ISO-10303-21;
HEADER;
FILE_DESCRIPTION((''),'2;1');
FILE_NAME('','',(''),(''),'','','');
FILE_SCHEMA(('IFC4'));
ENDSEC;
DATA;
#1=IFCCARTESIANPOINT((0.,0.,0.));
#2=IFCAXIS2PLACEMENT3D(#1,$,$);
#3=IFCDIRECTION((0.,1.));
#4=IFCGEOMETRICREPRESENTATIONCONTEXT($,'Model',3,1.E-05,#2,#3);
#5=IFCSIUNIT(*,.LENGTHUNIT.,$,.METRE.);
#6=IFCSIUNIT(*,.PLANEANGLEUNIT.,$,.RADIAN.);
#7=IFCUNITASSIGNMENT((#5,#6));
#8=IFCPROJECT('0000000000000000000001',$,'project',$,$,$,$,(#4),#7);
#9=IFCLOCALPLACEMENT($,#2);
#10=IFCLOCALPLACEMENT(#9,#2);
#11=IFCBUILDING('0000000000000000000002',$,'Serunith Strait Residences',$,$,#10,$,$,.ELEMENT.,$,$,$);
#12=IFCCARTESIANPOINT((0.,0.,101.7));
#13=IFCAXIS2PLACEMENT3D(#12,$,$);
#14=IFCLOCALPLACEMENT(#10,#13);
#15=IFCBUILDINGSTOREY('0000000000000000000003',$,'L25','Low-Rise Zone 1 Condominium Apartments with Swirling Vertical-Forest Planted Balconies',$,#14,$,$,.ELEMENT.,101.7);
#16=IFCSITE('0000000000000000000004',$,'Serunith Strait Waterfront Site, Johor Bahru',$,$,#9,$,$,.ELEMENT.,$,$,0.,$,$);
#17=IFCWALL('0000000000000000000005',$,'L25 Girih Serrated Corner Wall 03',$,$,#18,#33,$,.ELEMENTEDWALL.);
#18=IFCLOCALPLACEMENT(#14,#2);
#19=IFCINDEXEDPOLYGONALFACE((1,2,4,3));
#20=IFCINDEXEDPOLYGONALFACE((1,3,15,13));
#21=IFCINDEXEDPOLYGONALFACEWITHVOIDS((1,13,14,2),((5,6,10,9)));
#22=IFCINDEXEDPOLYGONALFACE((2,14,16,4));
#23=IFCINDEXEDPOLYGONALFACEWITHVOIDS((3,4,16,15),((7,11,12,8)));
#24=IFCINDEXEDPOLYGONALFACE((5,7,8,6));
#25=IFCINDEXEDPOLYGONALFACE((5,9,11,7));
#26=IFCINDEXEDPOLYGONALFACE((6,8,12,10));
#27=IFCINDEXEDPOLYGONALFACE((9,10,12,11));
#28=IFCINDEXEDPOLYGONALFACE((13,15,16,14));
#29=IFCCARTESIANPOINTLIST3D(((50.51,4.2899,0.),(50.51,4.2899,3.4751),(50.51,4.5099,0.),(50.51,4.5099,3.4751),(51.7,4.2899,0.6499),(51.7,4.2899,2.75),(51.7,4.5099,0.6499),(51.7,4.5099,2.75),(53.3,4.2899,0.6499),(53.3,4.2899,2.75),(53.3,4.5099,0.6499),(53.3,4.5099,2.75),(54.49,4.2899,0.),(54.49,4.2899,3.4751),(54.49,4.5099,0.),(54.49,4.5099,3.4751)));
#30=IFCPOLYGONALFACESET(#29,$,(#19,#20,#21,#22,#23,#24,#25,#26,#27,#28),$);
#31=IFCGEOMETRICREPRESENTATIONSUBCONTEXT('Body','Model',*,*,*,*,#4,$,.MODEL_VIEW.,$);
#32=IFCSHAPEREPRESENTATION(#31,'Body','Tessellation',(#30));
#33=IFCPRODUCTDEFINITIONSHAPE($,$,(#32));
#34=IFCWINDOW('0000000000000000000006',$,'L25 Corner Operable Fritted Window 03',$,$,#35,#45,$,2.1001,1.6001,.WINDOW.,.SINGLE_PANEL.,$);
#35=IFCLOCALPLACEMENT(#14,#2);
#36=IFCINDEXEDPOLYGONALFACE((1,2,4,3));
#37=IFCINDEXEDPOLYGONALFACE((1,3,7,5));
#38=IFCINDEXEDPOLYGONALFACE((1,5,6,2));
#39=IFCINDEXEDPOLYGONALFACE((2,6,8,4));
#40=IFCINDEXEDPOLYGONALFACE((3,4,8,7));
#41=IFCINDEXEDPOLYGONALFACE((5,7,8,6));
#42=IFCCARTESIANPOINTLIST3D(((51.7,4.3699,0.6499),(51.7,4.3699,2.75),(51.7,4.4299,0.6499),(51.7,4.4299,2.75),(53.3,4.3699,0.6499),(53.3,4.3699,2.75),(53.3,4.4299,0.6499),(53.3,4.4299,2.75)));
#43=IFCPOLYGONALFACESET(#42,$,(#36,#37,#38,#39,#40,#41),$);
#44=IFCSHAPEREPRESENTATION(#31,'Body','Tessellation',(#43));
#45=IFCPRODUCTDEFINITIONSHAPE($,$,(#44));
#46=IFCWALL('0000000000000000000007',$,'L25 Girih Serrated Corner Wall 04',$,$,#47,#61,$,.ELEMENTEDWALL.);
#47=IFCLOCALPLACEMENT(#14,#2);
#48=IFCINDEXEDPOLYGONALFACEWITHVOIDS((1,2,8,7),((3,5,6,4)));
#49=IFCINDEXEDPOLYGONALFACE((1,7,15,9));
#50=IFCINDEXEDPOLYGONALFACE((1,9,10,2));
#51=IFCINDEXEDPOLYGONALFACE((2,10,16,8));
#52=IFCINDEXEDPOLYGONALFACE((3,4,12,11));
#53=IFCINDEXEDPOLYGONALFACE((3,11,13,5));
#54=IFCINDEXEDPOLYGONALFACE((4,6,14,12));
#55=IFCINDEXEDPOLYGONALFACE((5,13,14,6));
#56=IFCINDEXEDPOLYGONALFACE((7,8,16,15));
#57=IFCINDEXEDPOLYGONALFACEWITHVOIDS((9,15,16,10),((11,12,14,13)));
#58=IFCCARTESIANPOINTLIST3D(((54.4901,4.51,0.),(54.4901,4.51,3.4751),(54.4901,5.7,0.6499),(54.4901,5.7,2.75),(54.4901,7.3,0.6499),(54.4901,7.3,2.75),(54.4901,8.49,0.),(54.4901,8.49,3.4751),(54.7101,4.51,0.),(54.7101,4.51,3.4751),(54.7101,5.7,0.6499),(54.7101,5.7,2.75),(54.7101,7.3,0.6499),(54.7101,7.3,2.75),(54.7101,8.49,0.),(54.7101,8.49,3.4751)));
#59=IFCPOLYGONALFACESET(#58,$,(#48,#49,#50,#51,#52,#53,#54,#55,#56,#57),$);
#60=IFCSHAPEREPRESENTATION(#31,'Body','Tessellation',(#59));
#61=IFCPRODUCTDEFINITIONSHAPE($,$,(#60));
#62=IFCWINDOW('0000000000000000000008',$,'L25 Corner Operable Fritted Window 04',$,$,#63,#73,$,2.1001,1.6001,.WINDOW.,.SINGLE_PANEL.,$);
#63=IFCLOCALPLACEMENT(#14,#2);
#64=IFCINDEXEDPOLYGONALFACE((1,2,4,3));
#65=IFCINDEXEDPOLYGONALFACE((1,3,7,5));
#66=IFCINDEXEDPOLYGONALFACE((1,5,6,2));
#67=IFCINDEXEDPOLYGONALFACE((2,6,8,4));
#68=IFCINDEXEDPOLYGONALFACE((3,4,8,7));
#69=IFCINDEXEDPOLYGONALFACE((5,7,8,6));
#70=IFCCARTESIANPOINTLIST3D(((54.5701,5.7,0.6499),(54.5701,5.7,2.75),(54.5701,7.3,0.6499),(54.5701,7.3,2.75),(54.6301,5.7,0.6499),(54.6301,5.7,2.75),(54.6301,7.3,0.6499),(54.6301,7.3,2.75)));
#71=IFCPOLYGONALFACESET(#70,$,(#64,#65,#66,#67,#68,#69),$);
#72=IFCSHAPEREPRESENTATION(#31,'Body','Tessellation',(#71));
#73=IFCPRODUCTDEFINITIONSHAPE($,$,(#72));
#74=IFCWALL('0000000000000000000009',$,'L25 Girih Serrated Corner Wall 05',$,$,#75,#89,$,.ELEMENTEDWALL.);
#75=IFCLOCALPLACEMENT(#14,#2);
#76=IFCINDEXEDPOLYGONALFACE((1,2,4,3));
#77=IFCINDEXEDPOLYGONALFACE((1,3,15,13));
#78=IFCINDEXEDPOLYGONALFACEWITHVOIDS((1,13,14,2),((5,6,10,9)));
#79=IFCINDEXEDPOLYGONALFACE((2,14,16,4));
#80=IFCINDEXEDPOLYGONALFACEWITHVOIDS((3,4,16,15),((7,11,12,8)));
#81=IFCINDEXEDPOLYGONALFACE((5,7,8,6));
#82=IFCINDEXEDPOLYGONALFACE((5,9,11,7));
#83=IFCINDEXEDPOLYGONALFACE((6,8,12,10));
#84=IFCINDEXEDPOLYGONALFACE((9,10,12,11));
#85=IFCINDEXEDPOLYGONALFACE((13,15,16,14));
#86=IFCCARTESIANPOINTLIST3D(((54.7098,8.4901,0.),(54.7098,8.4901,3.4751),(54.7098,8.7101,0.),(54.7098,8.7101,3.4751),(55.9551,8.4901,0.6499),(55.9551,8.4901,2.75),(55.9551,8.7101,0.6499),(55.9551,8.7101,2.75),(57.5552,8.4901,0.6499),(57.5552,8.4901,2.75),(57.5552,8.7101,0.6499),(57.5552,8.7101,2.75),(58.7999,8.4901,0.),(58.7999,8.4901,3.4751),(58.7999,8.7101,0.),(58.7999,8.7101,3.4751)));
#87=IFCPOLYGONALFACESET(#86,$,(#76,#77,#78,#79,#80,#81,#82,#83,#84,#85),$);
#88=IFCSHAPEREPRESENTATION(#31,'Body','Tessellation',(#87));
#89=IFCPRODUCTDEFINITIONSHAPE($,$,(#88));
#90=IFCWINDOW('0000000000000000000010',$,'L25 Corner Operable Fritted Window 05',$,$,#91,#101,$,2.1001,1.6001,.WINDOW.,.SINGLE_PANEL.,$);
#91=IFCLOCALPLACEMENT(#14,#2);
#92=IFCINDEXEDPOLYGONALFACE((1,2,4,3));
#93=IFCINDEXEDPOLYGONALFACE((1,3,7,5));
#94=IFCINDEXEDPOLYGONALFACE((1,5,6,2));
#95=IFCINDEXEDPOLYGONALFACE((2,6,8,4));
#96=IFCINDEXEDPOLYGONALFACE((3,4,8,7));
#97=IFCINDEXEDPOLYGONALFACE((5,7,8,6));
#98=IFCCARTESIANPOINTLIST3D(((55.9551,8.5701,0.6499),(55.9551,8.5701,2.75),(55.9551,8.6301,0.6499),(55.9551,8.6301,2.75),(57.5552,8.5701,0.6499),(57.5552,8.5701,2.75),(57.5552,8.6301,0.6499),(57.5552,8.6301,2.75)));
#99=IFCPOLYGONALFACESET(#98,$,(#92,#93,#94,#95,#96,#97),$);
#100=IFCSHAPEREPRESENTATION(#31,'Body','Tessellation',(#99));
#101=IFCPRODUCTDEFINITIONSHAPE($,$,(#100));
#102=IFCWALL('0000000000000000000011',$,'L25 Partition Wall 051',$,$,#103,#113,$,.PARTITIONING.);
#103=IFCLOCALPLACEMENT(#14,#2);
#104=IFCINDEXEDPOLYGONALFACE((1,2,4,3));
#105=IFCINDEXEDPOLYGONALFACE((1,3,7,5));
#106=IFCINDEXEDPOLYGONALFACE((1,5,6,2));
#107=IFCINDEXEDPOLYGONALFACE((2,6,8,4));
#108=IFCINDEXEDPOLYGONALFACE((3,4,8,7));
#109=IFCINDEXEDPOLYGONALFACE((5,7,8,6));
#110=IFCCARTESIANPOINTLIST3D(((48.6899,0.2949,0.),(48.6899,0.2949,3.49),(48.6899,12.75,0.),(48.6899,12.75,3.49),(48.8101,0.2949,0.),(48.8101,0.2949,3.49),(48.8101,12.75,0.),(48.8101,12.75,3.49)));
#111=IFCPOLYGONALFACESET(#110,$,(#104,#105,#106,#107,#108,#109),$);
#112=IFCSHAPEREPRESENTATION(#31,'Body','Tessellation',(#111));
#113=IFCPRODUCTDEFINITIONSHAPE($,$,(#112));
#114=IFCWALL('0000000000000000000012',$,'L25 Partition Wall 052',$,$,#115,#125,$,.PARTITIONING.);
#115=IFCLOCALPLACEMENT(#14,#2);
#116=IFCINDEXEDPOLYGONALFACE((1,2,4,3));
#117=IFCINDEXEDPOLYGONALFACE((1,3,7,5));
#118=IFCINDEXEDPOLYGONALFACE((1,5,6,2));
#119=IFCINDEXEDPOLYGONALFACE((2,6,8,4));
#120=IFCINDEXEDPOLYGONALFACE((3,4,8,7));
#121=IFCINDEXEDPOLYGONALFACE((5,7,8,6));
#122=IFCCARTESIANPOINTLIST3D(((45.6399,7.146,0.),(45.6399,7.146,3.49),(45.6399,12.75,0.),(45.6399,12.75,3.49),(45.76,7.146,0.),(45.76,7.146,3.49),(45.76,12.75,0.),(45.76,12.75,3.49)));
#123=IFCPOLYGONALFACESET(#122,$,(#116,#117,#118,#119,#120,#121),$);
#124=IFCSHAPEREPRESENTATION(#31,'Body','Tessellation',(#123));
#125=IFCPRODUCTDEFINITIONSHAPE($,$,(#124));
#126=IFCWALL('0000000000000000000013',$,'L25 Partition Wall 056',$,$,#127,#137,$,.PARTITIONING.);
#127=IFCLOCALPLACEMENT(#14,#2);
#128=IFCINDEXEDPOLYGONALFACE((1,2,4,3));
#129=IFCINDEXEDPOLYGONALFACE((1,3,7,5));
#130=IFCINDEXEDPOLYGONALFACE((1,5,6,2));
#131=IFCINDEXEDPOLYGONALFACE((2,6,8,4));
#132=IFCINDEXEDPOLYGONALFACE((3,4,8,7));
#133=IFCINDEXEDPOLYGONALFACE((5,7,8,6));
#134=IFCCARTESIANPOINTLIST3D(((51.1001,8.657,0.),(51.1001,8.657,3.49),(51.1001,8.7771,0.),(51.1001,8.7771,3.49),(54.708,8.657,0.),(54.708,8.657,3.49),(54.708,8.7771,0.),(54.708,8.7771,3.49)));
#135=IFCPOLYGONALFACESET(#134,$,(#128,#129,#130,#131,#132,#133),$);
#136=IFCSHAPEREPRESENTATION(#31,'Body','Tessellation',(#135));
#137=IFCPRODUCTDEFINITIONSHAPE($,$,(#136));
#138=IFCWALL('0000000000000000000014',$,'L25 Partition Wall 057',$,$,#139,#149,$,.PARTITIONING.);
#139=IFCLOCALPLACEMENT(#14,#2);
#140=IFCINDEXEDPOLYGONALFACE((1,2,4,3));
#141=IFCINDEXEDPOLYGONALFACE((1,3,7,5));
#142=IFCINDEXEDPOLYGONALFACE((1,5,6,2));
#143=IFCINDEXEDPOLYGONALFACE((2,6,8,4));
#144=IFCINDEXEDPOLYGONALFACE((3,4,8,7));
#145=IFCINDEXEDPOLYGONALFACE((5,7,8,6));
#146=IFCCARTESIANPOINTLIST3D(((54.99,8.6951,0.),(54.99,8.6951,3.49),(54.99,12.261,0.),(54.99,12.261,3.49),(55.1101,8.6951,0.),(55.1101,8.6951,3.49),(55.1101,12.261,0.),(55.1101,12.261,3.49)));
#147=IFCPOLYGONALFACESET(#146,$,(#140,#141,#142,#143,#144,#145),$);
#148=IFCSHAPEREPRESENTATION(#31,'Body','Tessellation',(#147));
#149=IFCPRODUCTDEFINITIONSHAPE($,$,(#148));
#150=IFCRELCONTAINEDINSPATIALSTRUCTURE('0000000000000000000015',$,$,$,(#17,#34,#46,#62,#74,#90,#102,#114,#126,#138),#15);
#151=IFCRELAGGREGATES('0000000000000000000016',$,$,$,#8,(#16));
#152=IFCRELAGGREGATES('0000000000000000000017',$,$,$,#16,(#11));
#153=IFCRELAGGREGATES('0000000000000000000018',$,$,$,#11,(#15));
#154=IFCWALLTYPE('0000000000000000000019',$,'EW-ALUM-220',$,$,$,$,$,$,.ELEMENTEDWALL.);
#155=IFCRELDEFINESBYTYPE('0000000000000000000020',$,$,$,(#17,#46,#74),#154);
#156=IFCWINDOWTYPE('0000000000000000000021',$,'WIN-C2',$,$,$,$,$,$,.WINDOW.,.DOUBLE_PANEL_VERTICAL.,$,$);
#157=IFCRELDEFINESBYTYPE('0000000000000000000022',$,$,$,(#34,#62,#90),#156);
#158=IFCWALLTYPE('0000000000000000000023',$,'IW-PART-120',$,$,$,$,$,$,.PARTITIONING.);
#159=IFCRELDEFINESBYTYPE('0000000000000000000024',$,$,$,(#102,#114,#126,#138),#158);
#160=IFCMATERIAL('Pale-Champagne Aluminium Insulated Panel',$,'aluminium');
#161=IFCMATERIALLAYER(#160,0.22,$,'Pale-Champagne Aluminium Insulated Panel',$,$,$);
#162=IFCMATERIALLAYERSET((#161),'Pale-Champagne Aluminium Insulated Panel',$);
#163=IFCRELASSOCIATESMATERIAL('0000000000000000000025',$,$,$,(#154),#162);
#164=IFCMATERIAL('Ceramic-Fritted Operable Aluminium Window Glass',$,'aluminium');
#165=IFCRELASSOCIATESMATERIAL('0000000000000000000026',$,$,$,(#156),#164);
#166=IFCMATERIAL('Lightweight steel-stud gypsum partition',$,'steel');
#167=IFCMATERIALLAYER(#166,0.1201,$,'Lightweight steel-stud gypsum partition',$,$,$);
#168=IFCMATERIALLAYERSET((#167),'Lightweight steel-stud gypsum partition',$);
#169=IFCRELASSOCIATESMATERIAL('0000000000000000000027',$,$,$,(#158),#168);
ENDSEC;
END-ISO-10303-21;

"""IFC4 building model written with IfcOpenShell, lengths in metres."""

from ifc_helpers import new_model, si_unit, direction, frame, frame_2d, origin, place, context, subcontext, project, spatial, rectangle, extrude, source, transform, mapped, material, layer, layer_set, type_object, element, fill, save


model = new_model("IFC4")

# Units and contexts
model_context = context("Model", 3, precision=1e-05, world=origin(), true_north=direction((0.0, 1.0)))
body_context = subcontext(model_context, "Body", "Model", "MODEL_VIEW")
ifc_project = project(units=[si_unit("LENGTHUNIT", "METRE"), si_unit("PLANEANGLEUNIT", "RADIAN")], contexts=[model_context])

# Site, building, storey
site_placement = place(None, origin())
site = spatial("IfcSite", under=ifc_project, at=site_placement, Name="Serunith Strait Waterfront Site, Johor Bahru", CompositionType="ELEMENT", RefElevation=0.0)
building_placement = place(site_placement, origin())
building = spatial("IfcBuilding", under=site, at=building_placement, Name="Serunith Strait Residences", CompositionType="ELEMENT")
storey_placement = place(building_placement, frame((0.0, 0.0, 101.7)))
storey = spatial("IfcBuildingStorey", under=building, at=storey_placement, Name="L25", Description="Low-Rise Zone 1 Condominium Apartments with Swirling Vertical-Forest Planted Balconies", CompositionType="ELEMENT", Elevation=101.7)

# Walls, openings, windows
ifc_material_1 = material(Name="Pale-Champagne Aluminium Insulated Panel", Category="aluminium")
ifc_layer_1 = layer(ifc_material_1, 0.22, Name="Pale-Champagne Aluminium Insulated Panel")
ifc_layer_set_1 = layer_set([ifc_layer_1], Name="Pale-Champagne Aluminium Insulated Panel")
wall_type_1 = type_object("IfcWallType", Name="EW-ALUM-220", PredefinedType="ELEMENTEDWALL", material=ifc_layer_set_1)
ifc_material_2 = material(Name="Ceramic-Fritted Operable Aluminium Window Glass", Category="aluminium")
window_type = type_object("IfcWindowType", Name="WIN-C2", PartitioningType="DOUBLE_PANEL_VERTICAL", PredefinedType="WINDOW", material=ifc_material_2)
shared_shape_1 = source(origin(), body_context, "Body", "SweptSolid", [
    extrude(rectangle(XDim=1.6001, YDim=2.1001, at=frame_2d((0.8, 1.05))), frame((0.0, 0.03, 0.0), z_axis=(0.0, -1.0, 0.0), x_axis=(1.0, 0.0, 0.0)), (0.0, 0.0, 1.0), 0.0601),
])
wall_1_placement = place(storey_placement, frame((50.51, 4.3999, 0.0), z_axis=(0.0, 0.0, 1.0), x_axis=(1.0, 0.0, 0.0)))
wall_1 = element("IfcWall", 1, at=wall_1_placement, inside=storey, type_object=wall_type_1, Name="L25 Girih Serrated Corner Wall 03", PredefinedType="ELEMENTEDWALL", context=body_context, shape_type="SweptSolid", body=[
    extrude(rectangle(XDim=3.98, YDim=0.22, at=frame_2d((1.99, 0.0))), origin(), (0.0, 0.0, 1.0), 3.4751),
])
opening_1_placement = place(wall_1_placement, frame((1.1899, 0.0, 0.6499)))
opening_1 = element("IfcOpeningElement", 2, at=opening_1_placement, cuts=wall_1, PredefinedType="OPENING", context=body_context, shape_type="SweptSolid", body=[
    extrude(rectangle(XDim=1.6001, YDim=2.1001, at=frame_2d((0.8, 1.05))), frame((0.0, 0.1201, 0.0), z_axis=(0.0, -1.0, 0.0), x_axis=(1.0, 0.0, 0.0)), (0.0, 0.0, 1.0), 0.24),
])
window_1_placement = place(opening_1_placement, origin())
window_1 = element("IfcWindow", 3, at=window_1_placement, inside=storey, type_object=window_type, Name="L25 Corner Operable Fritted Window 03", OverallHeight=2.1001, OverallWidth=1.6001, PartitioningType="SINGLE_PANEL", PredefinedType="WINDOW", context=body_context, shape_type="MappedRepresentation", body=[
    mapped(shared_shape_1, transform((0.0, 0.0, 0.0), scale=1.0)),
])
fill(opening_1, window_1)
wall_2_placement = place(storey_placement, frame((54.6001, 4.51, 0.0), z_axis=(0.0, 0.0, 1.0), x_axis=(0.0, 1.0, 0.0)))
wall_2 = element("IfcWall", 4, at=wall_2_placement, inside=storey, type_object=wall_type_1, Name="L25 Girih Serrated Corner Wall 04", PredefinedType="ELEMENTEDWALL", context=body_context, shape_type="SweptSolid", body=[
    extrude(rectangle(XDim=3.98, YDim=0.22, at=frame_2d((1.99, 0.0))), origin(), (0.0, 0.0, 1.0), 3.4751),
])
opening_2_placement = place(wall_2_placement, frame((1.1899, 0.0, 0.6499)))
opening_2 = element("IfcOpeningElement", 5, at=opening_2_placement, cuts=wall_2, PredefinedType="OPENING", context=body_context, shape_type="SweptSolid", body=[
    extrude(rectangle(XDim=1.6001, YDim=2.1001, at=frame_2d((0.8, 1.05))), frame((0.0, 0.1201, 0.0), z_axis=(0.0, -1.0, 0.0), x_axis=(1.0, 0.0, 0.0)), (0.0, 0.0, 1.0), 0.24),
])
window_2_placement = place(opening_2_placement, origin())
window_2 = element("IfcWindow", 6, at=window_2_placement, inside=storey, type_object=window_type, Name="L25 Corner Operable Fritted Window 04", OverallHeight=2.1001, OverallWidth=1.6001, PartitioningType="SINGLE_PANEL", PredefinedType="WINDOW", context=body_context, shape_type="MappedRepresentation", body=[
    mapped(shared_shape_1, transform((0.0, 0.0, 0.0), scale=1.0)),
])
fill(opening_2, window_2)
wall_3_placement = place(storey_placement, frame((54.71, 8.6001, 0.0), z_axis=(0.0, 0.0, 1.0), x_axis=(1.0, 0.0, 0.0)))
wall_3 = element("IfcWall", 7, at=wall_3_placement, inside=storey, type_object=wall_type_1, Name="L25 Girih Serrated Corner Wall 05", PredefinedType="ELEMENTEDWALL", context=body_context, shape_type="SweptSolid", body=[
    extrude(rectangle(XDim=4.0901, YDim=0.22, at=frame_2d((2.0449, 0.0))), origin(), (0.0, 0.0, 1.0), 3.4751),
])
opening_3_placement = place(wall_3_placement, frame((1.2451, 0.0, 0.6499)))
opening_3 = element("IfcOpeningElement", 8, at=opening_3_placement, cuts=wall_3, PredefinedType="OPENING", context=body_context, shape_type="SweptSolid", body=[
    extrude(rectangle(XDim=1.6001, YDim=2.1001, at=frame_2d((0.8, 1.05))), frame((0.0, 0.1201, 0.0), z_axis=(0.0, -1.0, 0.0), x_axis=(1.0, 0.0, 0.0)), (0.0, 0.0, 1.0), 0.24),
])
window_3_placement = place(opening_3_placement, origin())
window_3 = element("IfcWindow", 9, at=window_3_placement, inside=storey, type_object=window_type, Name="L25 Corner Operable Fritted Window 05", OverallHeight=2.1001, OverallWidth=1.6001, PartitioningType="SINGLE_PANEL", PredefinedType="WINDOW", context=body_context, shape_type="MappedRepresentation", body=[
    mapped(shared_shape_1, transform((0.0, 0.0, 0.0), scale=1.0)),
])
fill(opening_3, window_3)

# Walls
ifc_material_3 = material(Name="Lightweight steel-stud gypsum partition", Category="steel")
ifc_layer_2 = layer(ifc_material_3, 0.1201, Name="Lightweight steel-stud gypsum partition")
ifc_layer_set_2 = layer_set([ifc_layer_2], Name="Lightweight steel-stud gypsum partition")
wall_type_2 = type_object("IfcWallType", Name="IW-PART-120", PredefinedType="PARTITIONING", material=ifc_layer_set_2)
wall_4_placement = place(storey_placement, frame((48.75, 0.2949, 0.0), z_axis=(0.0, 0.0, 1.0), x_axis=(0.0, 1.0, 0.0)))
element("IfcWall", 10, at=wall_4_placement, inside=storey, type_object=wall_type_2, Name="L25 Partition Wall 051", PredefinedType="PARTITIONING", context=body_context, shape_type="SweptSolid", body=[
    extrude(rectangle(XDim=12.4551, YDim=0.1201, at=frame_2d((6.2275, 0.0))), origin(), (0.0, 0.0, 1.0), 3.49),
])
wall_5_placement = place(storey_placement, frame((45.7, 7.146, 0.0), z_axis=(0.0, 0.0, 1.0), x_axis=(0.0, 1.0, 0.0)))
element("IfcWall", 11, at=wall_5_placement, inside=storey, type_object=wall_type_2, Name="L25 Partition Wall 052", PredefinedType="PARTITIONING", context=body_context, shape_type="SweptSolid", body=[
    extrude(rectangle(XDim=5.604, YDim=0.1201, at=frame_2d((2.802, 0.0))), origin(), (0.0, 0.0, 1.0), 3.49),
])
wall_6_placement = place(storey_placement, frame((51.1001, 8.717, 0.0), z_axis=(0.0, 0.0, 1.0), x_axis=(1.0, 0.0, 0.0)))
element("IfcWall", 12, at=wall_6_placement, inside=storey, type_object=wall_type_2, Name="L25 Partition Wall 056", PredefinedType="PARTITIONING", context=body_context, shape_type="SweptSolid", body=[
    extrude(rectangle(XDim=3.6079, YDim=0.1201, at=frame_2d((1.804, 0.0))), origin(), (0.0, 0.0, 1.0), 3.49),
])
wall_7_placement = place(storey_placement, frame((55.05, 8.6951, 0.0), z_axis=(0.0, 0.0, 1.0), x_axis=(0.0, 1.0, 0.0)))
element("IfcWall", 13, at=wall_7_placement, inside=storey, type_object=wall_type_2, Name="L25 Partition Wall 057", PredefinedType="PARTITIONING", context=body_context, shape_type="SweptSolid", body=[
    extrude(rectangle(XDim=3.5659, YDim=0.1201, at=frame_2d((1.783, 0.0))), origin(), (0.0, 0.0, 1.0), 3.49),
])

save(model, "model.ifc")
